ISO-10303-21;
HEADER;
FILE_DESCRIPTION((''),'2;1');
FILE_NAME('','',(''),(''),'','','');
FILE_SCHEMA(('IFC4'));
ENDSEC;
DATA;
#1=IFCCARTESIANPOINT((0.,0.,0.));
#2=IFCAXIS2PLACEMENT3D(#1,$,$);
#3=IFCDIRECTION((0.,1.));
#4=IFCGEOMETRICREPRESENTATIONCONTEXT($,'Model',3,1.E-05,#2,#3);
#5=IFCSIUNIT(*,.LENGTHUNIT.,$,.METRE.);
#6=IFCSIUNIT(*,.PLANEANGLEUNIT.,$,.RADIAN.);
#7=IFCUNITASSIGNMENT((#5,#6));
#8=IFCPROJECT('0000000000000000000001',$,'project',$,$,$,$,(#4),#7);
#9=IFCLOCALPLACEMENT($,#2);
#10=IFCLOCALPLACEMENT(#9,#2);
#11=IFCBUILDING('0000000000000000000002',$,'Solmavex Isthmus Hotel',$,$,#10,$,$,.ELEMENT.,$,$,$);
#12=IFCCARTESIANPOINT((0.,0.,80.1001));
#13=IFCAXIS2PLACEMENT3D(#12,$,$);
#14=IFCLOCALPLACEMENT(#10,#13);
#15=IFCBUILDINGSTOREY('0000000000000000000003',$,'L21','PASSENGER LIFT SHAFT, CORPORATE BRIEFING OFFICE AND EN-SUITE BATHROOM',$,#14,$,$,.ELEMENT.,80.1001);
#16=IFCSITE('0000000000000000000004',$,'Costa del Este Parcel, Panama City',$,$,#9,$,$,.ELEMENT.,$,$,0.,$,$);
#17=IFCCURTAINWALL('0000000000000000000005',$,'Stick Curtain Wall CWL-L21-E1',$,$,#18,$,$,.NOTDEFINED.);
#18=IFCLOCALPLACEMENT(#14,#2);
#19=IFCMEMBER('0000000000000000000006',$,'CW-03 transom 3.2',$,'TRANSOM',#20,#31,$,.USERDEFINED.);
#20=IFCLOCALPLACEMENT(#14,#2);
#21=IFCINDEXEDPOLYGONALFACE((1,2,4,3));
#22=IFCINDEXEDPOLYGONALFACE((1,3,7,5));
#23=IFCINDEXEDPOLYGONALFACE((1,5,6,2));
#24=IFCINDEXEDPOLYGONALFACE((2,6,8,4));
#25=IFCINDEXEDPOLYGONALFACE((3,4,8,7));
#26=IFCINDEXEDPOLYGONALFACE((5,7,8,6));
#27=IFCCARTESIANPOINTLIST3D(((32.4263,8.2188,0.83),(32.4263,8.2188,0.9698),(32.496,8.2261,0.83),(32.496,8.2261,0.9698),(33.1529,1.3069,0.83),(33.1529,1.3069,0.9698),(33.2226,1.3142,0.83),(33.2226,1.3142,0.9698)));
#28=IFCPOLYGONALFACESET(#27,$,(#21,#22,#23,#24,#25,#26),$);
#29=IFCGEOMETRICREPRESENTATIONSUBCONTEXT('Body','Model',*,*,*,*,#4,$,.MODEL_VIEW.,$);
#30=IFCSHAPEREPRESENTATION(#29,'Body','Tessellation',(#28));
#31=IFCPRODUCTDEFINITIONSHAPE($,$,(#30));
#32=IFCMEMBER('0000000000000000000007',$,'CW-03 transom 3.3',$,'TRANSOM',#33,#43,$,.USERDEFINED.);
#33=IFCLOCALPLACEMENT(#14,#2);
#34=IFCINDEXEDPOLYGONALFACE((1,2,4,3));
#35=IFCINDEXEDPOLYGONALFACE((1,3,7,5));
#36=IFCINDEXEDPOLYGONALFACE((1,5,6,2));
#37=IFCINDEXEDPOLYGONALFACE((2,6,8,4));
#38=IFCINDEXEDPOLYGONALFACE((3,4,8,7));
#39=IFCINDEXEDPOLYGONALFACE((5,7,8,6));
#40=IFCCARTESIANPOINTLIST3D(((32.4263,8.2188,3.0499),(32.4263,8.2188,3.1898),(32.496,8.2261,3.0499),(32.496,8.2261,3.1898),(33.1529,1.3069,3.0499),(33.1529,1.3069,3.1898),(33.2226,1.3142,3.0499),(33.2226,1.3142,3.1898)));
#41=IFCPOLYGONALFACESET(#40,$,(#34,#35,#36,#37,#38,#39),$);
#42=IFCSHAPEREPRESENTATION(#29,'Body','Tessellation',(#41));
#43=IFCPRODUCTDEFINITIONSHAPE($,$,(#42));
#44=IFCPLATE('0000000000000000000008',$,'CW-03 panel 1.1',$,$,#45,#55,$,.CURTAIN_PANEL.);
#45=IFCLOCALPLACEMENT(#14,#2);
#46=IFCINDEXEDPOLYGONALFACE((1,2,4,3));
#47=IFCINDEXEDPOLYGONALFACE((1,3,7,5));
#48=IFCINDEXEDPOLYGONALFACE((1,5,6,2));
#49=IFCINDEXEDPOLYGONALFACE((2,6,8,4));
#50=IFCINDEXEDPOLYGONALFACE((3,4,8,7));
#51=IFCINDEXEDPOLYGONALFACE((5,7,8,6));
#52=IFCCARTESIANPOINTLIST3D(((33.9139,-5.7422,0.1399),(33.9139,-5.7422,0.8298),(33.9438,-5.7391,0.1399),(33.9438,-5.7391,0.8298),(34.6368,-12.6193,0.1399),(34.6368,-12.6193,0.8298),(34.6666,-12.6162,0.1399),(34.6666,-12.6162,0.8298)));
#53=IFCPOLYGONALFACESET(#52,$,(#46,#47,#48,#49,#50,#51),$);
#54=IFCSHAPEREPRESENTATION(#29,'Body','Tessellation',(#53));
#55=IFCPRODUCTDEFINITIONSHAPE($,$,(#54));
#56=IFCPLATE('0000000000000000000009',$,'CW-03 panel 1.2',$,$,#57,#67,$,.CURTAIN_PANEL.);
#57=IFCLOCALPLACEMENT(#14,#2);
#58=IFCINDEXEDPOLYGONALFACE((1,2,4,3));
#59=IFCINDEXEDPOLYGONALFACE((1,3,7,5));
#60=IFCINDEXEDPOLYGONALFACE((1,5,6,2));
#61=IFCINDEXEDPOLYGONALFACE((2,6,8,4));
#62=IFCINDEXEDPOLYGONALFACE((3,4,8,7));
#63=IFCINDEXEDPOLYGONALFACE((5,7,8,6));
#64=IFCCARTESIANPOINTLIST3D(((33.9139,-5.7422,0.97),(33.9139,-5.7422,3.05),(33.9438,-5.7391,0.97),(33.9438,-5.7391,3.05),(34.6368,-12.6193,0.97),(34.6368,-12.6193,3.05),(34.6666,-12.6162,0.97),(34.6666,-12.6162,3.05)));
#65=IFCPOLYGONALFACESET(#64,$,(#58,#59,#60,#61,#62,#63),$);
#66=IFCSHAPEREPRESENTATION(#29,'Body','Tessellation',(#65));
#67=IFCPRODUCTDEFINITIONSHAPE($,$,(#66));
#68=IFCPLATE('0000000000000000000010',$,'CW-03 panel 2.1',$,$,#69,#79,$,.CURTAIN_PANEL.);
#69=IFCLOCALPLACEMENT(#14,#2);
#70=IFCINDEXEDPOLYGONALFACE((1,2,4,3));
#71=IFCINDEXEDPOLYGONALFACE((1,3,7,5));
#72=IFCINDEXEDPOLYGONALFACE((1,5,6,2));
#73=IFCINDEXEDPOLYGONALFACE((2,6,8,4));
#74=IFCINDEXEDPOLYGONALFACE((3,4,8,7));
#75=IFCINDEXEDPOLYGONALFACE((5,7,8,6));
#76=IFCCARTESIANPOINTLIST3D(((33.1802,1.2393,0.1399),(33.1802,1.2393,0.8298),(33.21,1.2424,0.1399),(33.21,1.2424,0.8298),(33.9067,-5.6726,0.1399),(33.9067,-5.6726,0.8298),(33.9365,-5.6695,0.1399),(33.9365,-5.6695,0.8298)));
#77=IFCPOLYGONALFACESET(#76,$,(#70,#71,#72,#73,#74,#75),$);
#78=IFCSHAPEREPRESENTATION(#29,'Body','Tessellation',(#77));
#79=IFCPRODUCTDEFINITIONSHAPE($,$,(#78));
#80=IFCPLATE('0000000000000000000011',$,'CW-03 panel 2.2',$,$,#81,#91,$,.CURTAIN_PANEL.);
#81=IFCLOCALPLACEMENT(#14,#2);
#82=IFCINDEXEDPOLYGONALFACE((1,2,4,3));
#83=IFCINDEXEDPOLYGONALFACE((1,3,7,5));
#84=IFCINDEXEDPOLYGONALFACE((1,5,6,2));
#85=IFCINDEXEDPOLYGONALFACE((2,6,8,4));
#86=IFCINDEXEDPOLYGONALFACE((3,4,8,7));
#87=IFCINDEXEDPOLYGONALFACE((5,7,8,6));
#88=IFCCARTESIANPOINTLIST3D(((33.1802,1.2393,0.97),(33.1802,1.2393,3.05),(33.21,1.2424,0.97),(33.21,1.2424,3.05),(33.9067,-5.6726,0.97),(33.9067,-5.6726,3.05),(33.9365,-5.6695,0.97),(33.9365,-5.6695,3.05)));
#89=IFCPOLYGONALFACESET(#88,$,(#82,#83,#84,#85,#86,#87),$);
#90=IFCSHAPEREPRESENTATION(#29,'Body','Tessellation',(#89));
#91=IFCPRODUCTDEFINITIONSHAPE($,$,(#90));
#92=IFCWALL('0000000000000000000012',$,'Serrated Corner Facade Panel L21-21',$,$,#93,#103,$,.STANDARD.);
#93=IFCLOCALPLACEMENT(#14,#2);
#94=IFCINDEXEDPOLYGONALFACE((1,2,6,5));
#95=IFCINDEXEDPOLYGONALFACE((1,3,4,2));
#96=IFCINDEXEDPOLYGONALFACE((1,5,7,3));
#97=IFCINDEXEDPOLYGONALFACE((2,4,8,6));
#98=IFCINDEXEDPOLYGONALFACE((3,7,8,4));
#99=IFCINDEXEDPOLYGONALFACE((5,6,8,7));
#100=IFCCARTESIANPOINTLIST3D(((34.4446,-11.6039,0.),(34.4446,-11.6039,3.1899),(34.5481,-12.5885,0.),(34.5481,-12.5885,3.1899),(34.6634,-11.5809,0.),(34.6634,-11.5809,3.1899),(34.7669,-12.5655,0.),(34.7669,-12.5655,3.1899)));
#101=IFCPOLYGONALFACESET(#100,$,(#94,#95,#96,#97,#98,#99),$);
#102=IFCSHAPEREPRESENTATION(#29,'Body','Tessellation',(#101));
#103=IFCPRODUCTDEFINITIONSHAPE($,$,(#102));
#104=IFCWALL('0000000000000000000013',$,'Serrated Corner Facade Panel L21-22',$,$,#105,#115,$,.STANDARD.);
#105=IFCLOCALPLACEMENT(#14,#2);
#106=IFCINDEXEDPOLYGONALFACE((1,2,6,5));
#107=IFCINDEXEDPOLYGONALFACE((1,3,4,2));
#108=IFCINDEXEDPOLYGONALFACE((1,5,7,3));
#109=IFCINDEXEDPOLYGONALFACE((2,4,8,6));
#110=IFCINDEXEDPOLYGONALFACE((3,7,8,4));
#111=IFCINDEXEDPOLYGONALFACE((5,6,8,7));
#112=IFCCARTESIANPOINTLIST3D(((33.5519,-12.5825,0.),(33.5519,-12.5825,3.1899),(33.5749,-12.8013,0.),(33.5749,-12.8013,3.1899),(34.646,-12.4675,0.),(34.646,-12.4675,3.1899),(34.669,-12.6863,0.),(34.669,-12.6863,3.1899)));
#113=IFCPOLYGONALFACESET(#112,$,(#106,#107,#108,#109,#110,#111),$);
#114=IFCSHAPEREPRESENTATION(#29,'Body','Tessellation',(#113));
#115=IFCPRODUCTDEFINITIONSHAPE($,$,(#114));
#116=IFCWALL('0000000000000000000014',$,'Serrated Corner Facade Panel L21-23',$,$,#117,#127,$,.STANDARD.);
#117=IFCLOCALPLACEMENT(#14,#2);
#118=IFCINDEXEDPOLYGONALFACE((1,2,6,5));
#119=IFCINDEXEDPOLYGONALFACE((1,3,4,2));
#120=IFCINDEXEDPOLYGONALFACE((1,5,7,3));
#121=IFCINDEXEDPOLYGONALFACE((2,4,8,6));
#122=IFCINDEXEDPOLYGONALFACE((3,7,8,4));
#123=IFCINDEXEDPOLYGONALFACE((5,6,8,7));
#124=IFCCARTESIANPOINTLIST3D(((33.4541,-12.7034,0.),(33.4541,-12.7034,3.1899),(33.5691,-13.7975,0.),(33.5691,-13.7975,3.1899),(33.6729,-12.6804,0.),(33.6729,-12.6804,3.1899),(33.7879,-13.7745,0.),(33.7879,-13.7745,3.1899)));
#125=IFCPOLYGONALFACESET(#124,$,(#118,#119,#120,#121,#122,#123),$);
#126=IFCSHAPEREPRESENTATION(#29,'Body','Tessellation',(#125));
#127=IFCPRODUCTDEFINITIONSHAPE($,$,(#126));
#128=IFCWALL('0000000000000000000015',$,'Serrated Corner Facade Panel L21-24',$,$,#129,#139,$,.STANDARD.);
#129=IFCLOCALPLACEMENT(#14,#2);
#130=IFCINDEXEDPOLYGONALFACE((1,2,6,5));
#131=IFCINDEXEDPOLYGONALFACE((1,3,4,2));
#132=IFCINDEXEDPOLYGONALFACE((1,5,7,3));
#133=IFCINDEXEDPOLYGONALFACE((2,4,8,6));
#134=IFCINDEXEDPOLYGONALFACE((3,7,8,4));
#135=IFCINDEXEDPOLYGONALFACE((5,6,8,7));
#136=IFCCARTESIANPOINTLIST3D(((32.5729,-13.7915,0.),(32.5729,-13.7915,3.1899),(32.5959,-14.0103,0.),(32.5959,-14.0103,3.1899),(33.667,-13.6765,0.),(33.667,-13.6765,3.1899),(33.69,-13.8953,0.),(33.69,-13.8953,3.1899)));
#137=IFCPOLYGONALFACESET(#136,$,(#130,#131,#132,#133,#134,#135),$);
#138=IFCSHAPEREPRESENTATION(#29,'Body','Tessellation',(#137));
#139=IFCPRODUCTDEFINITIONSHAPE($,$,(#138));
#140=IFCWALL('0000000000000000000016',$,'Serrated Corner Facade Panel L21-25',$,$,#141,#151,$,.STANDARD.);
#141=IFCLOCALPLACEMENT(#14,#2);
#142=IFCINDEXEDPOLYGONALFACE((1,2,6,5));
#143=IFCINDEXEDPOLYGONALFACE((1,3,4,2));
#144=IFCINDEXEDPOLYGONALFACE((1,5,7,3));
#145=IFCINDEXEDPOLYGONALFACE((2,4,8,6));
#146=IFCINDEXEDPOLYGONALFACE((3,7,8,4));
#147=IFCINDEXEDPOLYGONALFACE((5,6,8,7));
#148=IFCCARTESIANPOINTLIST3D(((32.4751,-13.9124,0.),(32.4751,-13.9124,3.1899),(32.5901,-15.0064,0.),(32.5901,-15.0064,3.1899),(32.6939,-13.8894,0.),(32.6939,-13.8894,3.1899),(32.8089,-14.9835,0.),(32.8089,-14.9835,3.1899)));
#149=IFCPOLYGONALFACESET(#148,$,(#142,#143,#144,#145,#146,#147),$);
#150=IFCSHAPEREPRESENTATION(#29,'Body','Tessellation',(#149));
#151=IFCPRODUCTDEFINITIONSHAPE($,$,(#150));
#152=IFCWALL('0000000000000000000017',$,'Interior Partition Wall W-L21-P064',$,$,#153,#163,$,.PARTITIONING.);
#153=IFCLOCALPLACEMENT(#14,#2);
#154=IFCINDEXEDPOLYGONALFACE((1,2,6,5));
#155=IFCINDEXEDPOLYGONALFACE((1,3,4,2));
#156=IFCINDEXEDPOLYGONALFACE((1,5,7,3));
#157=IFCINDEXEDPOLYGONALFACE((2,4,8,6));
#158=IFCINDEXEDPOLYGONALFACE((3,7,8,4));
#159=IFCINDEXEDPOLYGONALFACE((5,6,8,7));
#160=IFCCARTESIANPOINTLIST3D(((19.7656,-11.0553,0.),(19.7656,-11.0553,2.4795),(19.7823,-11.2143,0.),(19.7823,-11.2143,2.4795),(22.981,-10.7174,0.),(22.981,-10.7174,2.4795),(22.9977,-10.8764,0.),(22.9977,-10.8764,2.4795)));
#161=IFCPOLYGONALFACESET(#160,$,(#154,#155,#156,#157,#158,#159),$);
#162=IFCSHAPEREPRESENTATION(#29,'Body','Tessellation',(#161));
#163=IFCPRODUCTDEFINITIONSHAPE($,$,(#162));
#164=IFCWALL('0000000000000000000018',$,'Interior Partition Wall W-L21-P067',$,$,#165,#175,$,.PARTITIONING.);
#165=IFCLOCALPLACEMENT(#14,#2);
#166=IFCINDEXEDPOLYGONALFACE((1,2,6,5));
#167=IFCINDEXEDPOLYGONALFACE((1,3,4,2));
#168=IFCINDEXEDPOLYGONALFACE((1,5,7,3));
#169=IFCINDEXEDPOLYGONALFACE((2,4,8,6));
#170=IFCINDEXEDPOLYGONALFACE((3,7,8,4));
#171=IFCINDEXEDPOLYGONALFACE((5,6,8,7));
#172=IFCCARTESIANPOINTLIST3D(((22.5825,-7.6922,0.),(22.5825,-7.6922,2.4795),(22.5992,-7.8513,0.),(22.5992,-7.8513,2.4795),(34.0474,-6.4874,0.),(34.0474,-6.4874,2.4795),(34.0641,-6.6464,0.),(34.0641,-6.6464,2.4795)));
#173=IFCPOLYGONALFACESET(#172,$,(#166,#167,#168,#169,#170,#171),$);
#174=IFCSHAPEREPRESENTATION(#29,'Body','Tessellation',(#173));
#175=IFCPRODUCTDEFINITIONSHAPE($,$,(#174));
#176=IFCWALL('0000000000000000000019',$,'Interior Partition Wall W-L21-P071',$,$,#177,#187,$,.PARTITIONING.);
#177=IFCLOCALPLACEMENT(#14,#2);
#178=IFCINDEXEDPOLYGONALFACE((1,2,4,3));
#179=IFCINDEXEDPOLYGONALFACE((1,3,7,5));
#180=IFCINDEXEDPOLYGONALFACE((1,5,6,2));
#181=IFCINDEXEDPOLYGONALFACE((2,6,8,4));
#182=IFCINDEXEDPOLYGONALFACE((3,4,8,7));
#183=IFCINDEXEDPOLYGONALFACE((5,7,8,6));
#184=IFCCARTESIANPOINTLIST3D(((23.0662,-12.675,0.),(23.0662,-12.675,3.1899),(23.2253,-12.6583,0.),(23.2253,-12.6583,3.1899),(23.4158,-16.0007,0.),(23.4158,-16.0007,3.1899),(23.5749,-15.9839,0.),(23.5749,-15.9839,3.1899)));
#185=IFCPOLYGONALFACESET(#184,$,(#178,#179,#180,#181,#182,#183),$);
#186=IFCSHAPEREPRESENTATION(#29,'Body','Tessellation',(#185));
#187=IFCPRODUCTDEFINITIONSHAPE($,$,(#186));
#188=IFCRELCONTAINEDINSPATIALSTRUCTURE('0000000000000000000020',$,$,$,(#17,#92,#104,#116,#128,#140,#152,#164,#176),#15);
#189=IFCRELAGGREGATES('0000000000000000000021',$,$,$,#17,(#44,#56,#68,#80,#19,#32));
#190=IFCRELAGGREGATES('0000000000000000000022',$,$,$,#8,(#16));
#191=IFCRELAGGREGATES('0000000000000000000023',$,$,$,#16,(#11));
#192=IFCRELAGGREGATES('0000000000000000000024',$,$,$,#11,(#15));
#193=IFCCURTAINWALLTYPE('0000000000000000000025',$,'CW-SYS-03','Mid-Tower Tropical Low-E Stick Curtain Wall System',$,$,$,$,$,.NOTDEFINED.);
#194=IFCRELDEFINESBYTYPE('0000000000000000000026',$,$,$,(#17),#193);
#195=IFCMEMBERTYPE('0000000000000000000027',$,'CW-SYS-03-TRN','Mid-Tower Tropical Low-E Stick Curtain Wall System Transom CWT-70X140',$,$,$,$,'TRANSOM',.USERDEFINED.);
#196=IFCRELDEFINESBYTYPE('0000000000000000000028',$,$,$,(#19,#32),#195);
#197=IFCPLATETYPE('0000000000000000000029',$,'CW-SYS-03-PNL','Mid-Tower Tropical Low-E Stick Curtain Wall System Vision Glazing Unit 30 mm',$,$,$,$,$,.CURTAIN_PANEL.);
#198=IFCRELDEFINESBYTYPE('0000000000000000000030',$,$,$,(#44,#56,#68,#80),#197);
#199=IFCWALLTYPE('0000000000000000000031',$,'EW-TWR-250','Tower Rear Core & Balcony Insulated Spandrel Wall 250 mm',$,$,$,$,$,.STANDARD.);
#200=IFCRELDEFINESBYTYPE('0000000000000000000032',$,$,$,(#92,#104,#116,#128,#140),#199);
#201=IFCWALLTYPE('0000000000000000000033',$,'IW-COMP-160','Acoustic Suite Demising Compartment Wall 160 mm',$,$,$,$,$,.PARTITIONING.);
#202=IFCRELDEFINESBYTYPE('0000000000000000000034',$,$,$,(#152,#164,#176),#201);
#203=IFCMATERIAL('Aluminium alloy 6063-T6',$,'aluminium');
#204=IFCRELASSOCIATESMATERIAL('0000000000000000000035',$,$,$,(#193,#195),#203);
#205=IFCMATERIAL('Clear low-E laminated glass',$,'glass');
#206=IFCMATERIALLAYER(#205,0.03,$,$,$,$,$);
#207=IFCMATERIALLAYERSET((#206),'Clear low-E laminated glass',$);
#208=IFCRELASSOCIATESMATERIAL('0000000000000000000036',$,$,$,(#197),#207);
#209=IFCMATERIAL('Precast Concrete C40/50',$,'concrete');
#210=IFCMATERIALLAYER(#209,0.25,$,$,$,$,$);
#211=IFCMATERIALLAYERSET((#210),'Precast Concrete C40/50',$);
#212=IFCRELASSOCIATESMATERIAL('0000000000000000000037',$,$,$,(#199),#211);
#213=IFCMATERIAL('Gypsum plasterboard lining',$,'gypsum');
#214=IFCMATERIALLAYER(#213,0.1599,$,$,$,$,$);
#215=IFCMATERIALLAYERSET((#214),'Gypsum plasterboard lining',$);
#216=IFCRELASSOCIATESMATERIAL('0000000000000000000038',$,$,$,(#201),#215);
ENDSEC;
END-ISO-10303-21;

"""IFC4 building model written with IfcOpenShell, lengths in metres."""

from ifc_helpers import new_model, si_unit, direction, frame, frame_2d, origin, origin_2d, place, context, subcontext, project, spatial, rectangle, extrude, material, layer, layer_set, material_profile, profile_set, type_object, element, aggregate, save


model = new_model("IFC4")

# Units and contexts
model_context = context("Model", 3, precision=1e-05, world=origin(), true_north=direction((0.0, 1.0)))
body_context = subcontext(model_context, "Body", "Model", "MODEL_VIEW")
ifc_project = project(units=[si_unit("LENGTHUNIT", "METRE"), si_unit("PLANEANGLEUNIT", "RADIAN")], contexts=[model_context])

# Site, building, storey
site_placement = place(None, origin())
site = spatial("IfcSite", under=ifc_project, at=site_placement, Name="Costa del Este Parcel, Panama City", CompositionType="ELEMENT", RefElevation=0.0)
building_placement = place(site_placement, origin())
building = spatial("IfcBuilding", under=site, at=building_placement, Name="Solmavex Isthmus Hotel", CompositionType="ELEMENT")
storey_placement = place(building_placement, frame((0.0, 0.0, 80.1001)))
storey = spatial("IfcBuildingStorey", under=building, at=storey_placement, Name="L21", Description="PASSENGER LIFT SHAFT, CORPORATE BRIEFING OFFICE AND EN-SUITE BATHROOM", CompositionType="ELEMENT", Elevation=80.1001)

# Curtain wall, members, plates
ifc_material_1 = material(Name="Aluminium alloy 6063-T6", Category="aluminium")
curtain_wall_type = type_object("IfcCurtainWallType", Name="CW-SYS-03", Description="Mid-Tower Tropical Low-E Stick Curtain Wall System", PredefinedType="NOTDEFINED", material=ifc_material_1)
curtain_wall_placement = place(storey_placement, origin())
curtain_wall = element("IfcCurtainWall", 1, at=curtain_wall_placement, inside=storey, type_object=curtain_wall_type, Name="Stick Curtain Wall CWL-L21-E1", PredefinedType="NOTDEFINED")
ifc_material_profile_1 = material_profile(ifc_material_1, rectangle(XDim=0.0701, YDim=0.1399, at=origin_2d()), Name="CWT-70X140")
ifc_profile_set_1 = profile_set([ifc_material_profile_1], Name="Aluminium alloy 6063-T6")
member_type_1 = type_object("IfcMemberType", Name="CW-SYS-03-TRN", Description="Mid-Tower Tropical Low-E Stick Curtain Wall System Transom CWT-70X140", ElementType="TRANSOM", PredefinedType="USERDEFINED", material=ifc_profile_set_1)
member_1_placement = place(storey_placement, frame((33.1877, 1.3105, 0.8999), z_axis=(-0.104542, 0.99452, 0.0), x_axis=(-0.99452, -0.104542, 0.0)))
member_1 = element("IfcMember", 2, at=member_1_placement, type_object=member_type_1, Name="CW-03 transom 3.2", ObjectType="TRANSOM", PredefinedType="USERDEFINED", context=body_context, shape_type="SweptSolid", body=[
    extrude(rectangle(XDim=0.0701, YDim=0.1399, at=origin_2d()), origin(), (0.0, 0.0, 1.0), 6.95),
])
member_2_placement = place(storey_placement, frame((33.1877, 1.3105, 3.1199), z_axis=(-0.104542, 0.99452, 0.0), x_axis=(-0.99452, -0.104542, 0.0)))
member_2 = element("IfcMember", 3, at=member_2_placement, type_object=member_type_1, Name="CW-03 transom 3.3", ObjectType="TRANSOM", PredefinedType="USERDEFINED", context=body_context, shape_type="SweptSolid", body=[
    extrude(rectangle(XDim=0.0701, YDim=0.1399, at=origin_2d()), origin(), (0.0, 0.0, 1.0), 6.95),
])
ifc_material_2 = material(Name="Clear low-E laminated glass", Category="glass")
ifc_layer_1 = layer(ifc_material_2, 0.03)
ifc_layer_set_1 = layer_set([ifc_layer_1], Name="Clear low-E laminated glass")
plate_type = type_object("IfcPlateType", Name="CW-SYS-03-PNL", Description="Mid-Tower Tropical Low-E Stick Curtain Wall System Vision Glazing Unit 30 mm", PredefinedType="CURTAIN_PANEL", material=ifc_layer_set_1)
plate_1_placement = place(storey_placement, frame((34.2903, -9.1792, 0.1399), z_axis=(0.0, 0.0, 1.0), x_axis=(-0.104528, 0.994522, 0.0)))
plate_1 = element("IfcPlate", 4, at=plate_1_placement, type_object=plate_type, Name="CW-03 panel 1.1", PredefinedType="CURTAIN_PANEL", context=body_context, shape_type="SweptSolid", body=[
    extrude(rectangle(XDim=6.915, YDim=0.03, at=origin_2d()), origin(), (0.0, 0.0, 1.0), 0.6899),
])
plate_2_placement = place(storey_placement, frame((34.2903, -9.1792, 0.97), z_axis=(0.0, 0.0, 1.0), x_axis=(-0.104528, 0.994522, 0.0)))
plate_2 = element("IfcPlate", 5, at=plate_2_placement, type_object=plate_type, Name="CW-03 panel 1.2", PredefinedType="CURTAIN_PANEL", context=body_context, shape_type="SweptSolid", body=[
    extrude(rectangle(XDim=6.915, YDim=0.03, at=origin_2d()), origin(), (0.0, 0.0, 1.0), 2.0801),
])
plate_3_placement = place(storey_placement, frame((33.5583, -2.2151, 0.1399), z_axis=(0.0, 0.0, 1.0), x_axis=(-0.104528, 0.994522, 0.0)))
plate_3 = element("IfcPlate", 6, at=plate_3_placement, type_object=plate_type, Name="CW-03 panel 2.1", PredefinedType="CURTAIN_PANEL", context=body_context, shape_type="SweptSolid", body=[
    extrude(rectangle(XDim=6.95, YDim=0.03, at=origin_2d()), origin(), (0.0, 0.0, 1.0), 0.6899),
])
plate_4_placement = place(storey_placement, frame((33.5583, -2.2151, 0.97), z_axis=(0.0, 0.0, 1.0), x_axis=(-0.104528, 0.994522, 0.0)))
plate_4 = element("IfcPlate", 7, at=plate_4_placement, type_object=plate_type, Name="CW-03 panel 2.2", PredefinedType="CURTAIN_PANEL", context=body_context, shape_type="SweptSolid", body=[
    extrude(rectangle(XDim=6.95, YDim=0.03, at=origin_2d()), origin(), (0.0, 0.0, 1.0), 2.0801),
])
aggregate(curtain_wall, [plate_1, plate_2, plate_3, plate_4, member_1, member_2])

# Walls
ifc_material_3 = material(Name="Precast Concrete C40/50", Category="concrete")
ifc_layer_2 = layer(ifc_material_3, 0.25)
ifc_layer_set_2 = layer_set([ifc_layer_2], Name="Precast Concrete C40/50")
wall_type_1 = type_object("IfcWallType", Name="EW-TWR-250", Description="Tower Rear Core & Balcony Insulated Spandrel Wall 250 mm", PredefinedType="STANDARD", material=ifc_layer_set_2)
wall_1_placement = place(storey_placement, frame((34.554, -11.5923, 0.0), z_axis=(0.0, 0.0, 1.0), x_axis=(0.104556, -0.994519, 0.0)))
element("IfcWall", 8, at=wall_1_placement, inside=storey, type_object=wall_type_1, Name="Serrated Corner Facade Panel L21-21", PredefinedType="STANDARD", context=body_context, shape_type="SweptSolid", body=[
    extrude(rectangle(XDim=0.99, YDim=0.22, at=frame_2d((0.4951, 0.0))), origin(), (0.0, 0.0, 1.0), 3.1899),
])
for number, where, z_axis, x_axis, name in (
    (9, (34.6575, -12.5769, 0.0), (0.0, 0.0, 1.0), (-0.994521, -0.104535, 0.0), "Serrated Corner Facade Panel L21-22"),
    (10, (33.5635, -12.6919, 0.0), (0.0, 0.0, 1.0), (0.104535, -0.994521, 0.0), "Serrated Corner Facade Panel L21-23"),
    (11, (33.6785, -13.7859, 0.0), (0.0, 0.0, 1.0), (-0.994521, -0.104535, 0.0), "Serrated Corner Facade Panel L21-24"),
    (12, (32.5845, -13.9009, 0.0), (0.0, 0.0, 1.0), (0.104535, -0.994521, 0.0), "Serrated Corner Facade Panel L21-25"),
):
    element("IfcWall", number, at=place(storey_placement, frame(where, z_axis=z_axis, x_axis=x_axis)), inside=storey, type_object=wall_type_1, Name=name, PredefinedType="STANDARD", context=body_context, shape_type="SweptSolid", body=[
        extrude(rectangle(XDim=1.1001, YDim=0.22, at=frame_2d((0.55, 0.0))), origin(), (0.0, 0.0, 1.0), 3.1899),
    ])
ifc_material_4 = material(Name="Gypsum plasterboard lining", Category="gypsum")
ifc_layer_3 = layer(ifc_material_4, 0.1599)
ifc_layer_set_3 = layer_set([ifc_layer_3], Name="Gypsum plasterboard lining")
wall_type_2 = type_object("IfcWallType", Name="IW-COMP-160", Description="Acoustic Suite Demising Compartment Wall 160 mm", PredefinedType="PARTITIONING", material=ifc_layer_set_3)
wall_2_placement = place(storey_placement, frame((22.9895, -10.7969, 0.0), z_axis=(0.0, 0.0, 1.0), x_axis=(-0.994524, -0.104512, 0.0)))
element("IfcWall", 13, at=wall_2_placement, inside=storey, type_object=wall_type_2, Name="Interior Partition Wall W-L21-P064", PredefinedType="PARTITIONING", context=body_context, shape_type="SweptSolid", body=[
    extrude(rectangle(XDim=3.2332, YDim=0.1599, at=frame_2d((1.6167, 0.0))), origin(), (0.0, 0.0, 1.0), 2.4795),
])
wall_3_placement = place(storey_placement, frame((34.0559, -6.5669, 0.0), z_axis=(0.0, 0.0, 1.0), x_axis=(-0.994523, -0.104514, 0.0)))
element("IfcWall", 14, at=wall_3_placement, inside=storey, type_object=wall_type_2, Name="Interior Partition Wall W-L21-P067", PredefinedType="PARTITIONING", context=body_context, shape_type="SweptSolid", body=[
    extrude(rectangle(XDim=11.5281, YDim=0.1599, at=frame_2d((5.7642, 0.0))), origin(), (0.0, 0.0, 1.0), 2.4795),
])
wall_4_placement = place(storey_placement, frame((23.1458, -12.6667, 0.0), z_axis=(0.0, 0.0, 1.0), x_axis=(0.104548, -0.99452, 0.0)))
element("IfcWall", 15, at=wall_4_placement, inside=storey, type_object=wall_type_2, Name="Interior Partition Wall W-L21-P071", PredefinedType="PARTITIONING", context=body_context, shape_type="SweptSolid", body=[
    extrude(rectangle(XDim=3.344, YDim=0.1599, at=frame_2d((1.6719, 0.0))), origin(), (0.0, 0.0, 1.0), 3.1899),
])

save(model, "model.ifc")
